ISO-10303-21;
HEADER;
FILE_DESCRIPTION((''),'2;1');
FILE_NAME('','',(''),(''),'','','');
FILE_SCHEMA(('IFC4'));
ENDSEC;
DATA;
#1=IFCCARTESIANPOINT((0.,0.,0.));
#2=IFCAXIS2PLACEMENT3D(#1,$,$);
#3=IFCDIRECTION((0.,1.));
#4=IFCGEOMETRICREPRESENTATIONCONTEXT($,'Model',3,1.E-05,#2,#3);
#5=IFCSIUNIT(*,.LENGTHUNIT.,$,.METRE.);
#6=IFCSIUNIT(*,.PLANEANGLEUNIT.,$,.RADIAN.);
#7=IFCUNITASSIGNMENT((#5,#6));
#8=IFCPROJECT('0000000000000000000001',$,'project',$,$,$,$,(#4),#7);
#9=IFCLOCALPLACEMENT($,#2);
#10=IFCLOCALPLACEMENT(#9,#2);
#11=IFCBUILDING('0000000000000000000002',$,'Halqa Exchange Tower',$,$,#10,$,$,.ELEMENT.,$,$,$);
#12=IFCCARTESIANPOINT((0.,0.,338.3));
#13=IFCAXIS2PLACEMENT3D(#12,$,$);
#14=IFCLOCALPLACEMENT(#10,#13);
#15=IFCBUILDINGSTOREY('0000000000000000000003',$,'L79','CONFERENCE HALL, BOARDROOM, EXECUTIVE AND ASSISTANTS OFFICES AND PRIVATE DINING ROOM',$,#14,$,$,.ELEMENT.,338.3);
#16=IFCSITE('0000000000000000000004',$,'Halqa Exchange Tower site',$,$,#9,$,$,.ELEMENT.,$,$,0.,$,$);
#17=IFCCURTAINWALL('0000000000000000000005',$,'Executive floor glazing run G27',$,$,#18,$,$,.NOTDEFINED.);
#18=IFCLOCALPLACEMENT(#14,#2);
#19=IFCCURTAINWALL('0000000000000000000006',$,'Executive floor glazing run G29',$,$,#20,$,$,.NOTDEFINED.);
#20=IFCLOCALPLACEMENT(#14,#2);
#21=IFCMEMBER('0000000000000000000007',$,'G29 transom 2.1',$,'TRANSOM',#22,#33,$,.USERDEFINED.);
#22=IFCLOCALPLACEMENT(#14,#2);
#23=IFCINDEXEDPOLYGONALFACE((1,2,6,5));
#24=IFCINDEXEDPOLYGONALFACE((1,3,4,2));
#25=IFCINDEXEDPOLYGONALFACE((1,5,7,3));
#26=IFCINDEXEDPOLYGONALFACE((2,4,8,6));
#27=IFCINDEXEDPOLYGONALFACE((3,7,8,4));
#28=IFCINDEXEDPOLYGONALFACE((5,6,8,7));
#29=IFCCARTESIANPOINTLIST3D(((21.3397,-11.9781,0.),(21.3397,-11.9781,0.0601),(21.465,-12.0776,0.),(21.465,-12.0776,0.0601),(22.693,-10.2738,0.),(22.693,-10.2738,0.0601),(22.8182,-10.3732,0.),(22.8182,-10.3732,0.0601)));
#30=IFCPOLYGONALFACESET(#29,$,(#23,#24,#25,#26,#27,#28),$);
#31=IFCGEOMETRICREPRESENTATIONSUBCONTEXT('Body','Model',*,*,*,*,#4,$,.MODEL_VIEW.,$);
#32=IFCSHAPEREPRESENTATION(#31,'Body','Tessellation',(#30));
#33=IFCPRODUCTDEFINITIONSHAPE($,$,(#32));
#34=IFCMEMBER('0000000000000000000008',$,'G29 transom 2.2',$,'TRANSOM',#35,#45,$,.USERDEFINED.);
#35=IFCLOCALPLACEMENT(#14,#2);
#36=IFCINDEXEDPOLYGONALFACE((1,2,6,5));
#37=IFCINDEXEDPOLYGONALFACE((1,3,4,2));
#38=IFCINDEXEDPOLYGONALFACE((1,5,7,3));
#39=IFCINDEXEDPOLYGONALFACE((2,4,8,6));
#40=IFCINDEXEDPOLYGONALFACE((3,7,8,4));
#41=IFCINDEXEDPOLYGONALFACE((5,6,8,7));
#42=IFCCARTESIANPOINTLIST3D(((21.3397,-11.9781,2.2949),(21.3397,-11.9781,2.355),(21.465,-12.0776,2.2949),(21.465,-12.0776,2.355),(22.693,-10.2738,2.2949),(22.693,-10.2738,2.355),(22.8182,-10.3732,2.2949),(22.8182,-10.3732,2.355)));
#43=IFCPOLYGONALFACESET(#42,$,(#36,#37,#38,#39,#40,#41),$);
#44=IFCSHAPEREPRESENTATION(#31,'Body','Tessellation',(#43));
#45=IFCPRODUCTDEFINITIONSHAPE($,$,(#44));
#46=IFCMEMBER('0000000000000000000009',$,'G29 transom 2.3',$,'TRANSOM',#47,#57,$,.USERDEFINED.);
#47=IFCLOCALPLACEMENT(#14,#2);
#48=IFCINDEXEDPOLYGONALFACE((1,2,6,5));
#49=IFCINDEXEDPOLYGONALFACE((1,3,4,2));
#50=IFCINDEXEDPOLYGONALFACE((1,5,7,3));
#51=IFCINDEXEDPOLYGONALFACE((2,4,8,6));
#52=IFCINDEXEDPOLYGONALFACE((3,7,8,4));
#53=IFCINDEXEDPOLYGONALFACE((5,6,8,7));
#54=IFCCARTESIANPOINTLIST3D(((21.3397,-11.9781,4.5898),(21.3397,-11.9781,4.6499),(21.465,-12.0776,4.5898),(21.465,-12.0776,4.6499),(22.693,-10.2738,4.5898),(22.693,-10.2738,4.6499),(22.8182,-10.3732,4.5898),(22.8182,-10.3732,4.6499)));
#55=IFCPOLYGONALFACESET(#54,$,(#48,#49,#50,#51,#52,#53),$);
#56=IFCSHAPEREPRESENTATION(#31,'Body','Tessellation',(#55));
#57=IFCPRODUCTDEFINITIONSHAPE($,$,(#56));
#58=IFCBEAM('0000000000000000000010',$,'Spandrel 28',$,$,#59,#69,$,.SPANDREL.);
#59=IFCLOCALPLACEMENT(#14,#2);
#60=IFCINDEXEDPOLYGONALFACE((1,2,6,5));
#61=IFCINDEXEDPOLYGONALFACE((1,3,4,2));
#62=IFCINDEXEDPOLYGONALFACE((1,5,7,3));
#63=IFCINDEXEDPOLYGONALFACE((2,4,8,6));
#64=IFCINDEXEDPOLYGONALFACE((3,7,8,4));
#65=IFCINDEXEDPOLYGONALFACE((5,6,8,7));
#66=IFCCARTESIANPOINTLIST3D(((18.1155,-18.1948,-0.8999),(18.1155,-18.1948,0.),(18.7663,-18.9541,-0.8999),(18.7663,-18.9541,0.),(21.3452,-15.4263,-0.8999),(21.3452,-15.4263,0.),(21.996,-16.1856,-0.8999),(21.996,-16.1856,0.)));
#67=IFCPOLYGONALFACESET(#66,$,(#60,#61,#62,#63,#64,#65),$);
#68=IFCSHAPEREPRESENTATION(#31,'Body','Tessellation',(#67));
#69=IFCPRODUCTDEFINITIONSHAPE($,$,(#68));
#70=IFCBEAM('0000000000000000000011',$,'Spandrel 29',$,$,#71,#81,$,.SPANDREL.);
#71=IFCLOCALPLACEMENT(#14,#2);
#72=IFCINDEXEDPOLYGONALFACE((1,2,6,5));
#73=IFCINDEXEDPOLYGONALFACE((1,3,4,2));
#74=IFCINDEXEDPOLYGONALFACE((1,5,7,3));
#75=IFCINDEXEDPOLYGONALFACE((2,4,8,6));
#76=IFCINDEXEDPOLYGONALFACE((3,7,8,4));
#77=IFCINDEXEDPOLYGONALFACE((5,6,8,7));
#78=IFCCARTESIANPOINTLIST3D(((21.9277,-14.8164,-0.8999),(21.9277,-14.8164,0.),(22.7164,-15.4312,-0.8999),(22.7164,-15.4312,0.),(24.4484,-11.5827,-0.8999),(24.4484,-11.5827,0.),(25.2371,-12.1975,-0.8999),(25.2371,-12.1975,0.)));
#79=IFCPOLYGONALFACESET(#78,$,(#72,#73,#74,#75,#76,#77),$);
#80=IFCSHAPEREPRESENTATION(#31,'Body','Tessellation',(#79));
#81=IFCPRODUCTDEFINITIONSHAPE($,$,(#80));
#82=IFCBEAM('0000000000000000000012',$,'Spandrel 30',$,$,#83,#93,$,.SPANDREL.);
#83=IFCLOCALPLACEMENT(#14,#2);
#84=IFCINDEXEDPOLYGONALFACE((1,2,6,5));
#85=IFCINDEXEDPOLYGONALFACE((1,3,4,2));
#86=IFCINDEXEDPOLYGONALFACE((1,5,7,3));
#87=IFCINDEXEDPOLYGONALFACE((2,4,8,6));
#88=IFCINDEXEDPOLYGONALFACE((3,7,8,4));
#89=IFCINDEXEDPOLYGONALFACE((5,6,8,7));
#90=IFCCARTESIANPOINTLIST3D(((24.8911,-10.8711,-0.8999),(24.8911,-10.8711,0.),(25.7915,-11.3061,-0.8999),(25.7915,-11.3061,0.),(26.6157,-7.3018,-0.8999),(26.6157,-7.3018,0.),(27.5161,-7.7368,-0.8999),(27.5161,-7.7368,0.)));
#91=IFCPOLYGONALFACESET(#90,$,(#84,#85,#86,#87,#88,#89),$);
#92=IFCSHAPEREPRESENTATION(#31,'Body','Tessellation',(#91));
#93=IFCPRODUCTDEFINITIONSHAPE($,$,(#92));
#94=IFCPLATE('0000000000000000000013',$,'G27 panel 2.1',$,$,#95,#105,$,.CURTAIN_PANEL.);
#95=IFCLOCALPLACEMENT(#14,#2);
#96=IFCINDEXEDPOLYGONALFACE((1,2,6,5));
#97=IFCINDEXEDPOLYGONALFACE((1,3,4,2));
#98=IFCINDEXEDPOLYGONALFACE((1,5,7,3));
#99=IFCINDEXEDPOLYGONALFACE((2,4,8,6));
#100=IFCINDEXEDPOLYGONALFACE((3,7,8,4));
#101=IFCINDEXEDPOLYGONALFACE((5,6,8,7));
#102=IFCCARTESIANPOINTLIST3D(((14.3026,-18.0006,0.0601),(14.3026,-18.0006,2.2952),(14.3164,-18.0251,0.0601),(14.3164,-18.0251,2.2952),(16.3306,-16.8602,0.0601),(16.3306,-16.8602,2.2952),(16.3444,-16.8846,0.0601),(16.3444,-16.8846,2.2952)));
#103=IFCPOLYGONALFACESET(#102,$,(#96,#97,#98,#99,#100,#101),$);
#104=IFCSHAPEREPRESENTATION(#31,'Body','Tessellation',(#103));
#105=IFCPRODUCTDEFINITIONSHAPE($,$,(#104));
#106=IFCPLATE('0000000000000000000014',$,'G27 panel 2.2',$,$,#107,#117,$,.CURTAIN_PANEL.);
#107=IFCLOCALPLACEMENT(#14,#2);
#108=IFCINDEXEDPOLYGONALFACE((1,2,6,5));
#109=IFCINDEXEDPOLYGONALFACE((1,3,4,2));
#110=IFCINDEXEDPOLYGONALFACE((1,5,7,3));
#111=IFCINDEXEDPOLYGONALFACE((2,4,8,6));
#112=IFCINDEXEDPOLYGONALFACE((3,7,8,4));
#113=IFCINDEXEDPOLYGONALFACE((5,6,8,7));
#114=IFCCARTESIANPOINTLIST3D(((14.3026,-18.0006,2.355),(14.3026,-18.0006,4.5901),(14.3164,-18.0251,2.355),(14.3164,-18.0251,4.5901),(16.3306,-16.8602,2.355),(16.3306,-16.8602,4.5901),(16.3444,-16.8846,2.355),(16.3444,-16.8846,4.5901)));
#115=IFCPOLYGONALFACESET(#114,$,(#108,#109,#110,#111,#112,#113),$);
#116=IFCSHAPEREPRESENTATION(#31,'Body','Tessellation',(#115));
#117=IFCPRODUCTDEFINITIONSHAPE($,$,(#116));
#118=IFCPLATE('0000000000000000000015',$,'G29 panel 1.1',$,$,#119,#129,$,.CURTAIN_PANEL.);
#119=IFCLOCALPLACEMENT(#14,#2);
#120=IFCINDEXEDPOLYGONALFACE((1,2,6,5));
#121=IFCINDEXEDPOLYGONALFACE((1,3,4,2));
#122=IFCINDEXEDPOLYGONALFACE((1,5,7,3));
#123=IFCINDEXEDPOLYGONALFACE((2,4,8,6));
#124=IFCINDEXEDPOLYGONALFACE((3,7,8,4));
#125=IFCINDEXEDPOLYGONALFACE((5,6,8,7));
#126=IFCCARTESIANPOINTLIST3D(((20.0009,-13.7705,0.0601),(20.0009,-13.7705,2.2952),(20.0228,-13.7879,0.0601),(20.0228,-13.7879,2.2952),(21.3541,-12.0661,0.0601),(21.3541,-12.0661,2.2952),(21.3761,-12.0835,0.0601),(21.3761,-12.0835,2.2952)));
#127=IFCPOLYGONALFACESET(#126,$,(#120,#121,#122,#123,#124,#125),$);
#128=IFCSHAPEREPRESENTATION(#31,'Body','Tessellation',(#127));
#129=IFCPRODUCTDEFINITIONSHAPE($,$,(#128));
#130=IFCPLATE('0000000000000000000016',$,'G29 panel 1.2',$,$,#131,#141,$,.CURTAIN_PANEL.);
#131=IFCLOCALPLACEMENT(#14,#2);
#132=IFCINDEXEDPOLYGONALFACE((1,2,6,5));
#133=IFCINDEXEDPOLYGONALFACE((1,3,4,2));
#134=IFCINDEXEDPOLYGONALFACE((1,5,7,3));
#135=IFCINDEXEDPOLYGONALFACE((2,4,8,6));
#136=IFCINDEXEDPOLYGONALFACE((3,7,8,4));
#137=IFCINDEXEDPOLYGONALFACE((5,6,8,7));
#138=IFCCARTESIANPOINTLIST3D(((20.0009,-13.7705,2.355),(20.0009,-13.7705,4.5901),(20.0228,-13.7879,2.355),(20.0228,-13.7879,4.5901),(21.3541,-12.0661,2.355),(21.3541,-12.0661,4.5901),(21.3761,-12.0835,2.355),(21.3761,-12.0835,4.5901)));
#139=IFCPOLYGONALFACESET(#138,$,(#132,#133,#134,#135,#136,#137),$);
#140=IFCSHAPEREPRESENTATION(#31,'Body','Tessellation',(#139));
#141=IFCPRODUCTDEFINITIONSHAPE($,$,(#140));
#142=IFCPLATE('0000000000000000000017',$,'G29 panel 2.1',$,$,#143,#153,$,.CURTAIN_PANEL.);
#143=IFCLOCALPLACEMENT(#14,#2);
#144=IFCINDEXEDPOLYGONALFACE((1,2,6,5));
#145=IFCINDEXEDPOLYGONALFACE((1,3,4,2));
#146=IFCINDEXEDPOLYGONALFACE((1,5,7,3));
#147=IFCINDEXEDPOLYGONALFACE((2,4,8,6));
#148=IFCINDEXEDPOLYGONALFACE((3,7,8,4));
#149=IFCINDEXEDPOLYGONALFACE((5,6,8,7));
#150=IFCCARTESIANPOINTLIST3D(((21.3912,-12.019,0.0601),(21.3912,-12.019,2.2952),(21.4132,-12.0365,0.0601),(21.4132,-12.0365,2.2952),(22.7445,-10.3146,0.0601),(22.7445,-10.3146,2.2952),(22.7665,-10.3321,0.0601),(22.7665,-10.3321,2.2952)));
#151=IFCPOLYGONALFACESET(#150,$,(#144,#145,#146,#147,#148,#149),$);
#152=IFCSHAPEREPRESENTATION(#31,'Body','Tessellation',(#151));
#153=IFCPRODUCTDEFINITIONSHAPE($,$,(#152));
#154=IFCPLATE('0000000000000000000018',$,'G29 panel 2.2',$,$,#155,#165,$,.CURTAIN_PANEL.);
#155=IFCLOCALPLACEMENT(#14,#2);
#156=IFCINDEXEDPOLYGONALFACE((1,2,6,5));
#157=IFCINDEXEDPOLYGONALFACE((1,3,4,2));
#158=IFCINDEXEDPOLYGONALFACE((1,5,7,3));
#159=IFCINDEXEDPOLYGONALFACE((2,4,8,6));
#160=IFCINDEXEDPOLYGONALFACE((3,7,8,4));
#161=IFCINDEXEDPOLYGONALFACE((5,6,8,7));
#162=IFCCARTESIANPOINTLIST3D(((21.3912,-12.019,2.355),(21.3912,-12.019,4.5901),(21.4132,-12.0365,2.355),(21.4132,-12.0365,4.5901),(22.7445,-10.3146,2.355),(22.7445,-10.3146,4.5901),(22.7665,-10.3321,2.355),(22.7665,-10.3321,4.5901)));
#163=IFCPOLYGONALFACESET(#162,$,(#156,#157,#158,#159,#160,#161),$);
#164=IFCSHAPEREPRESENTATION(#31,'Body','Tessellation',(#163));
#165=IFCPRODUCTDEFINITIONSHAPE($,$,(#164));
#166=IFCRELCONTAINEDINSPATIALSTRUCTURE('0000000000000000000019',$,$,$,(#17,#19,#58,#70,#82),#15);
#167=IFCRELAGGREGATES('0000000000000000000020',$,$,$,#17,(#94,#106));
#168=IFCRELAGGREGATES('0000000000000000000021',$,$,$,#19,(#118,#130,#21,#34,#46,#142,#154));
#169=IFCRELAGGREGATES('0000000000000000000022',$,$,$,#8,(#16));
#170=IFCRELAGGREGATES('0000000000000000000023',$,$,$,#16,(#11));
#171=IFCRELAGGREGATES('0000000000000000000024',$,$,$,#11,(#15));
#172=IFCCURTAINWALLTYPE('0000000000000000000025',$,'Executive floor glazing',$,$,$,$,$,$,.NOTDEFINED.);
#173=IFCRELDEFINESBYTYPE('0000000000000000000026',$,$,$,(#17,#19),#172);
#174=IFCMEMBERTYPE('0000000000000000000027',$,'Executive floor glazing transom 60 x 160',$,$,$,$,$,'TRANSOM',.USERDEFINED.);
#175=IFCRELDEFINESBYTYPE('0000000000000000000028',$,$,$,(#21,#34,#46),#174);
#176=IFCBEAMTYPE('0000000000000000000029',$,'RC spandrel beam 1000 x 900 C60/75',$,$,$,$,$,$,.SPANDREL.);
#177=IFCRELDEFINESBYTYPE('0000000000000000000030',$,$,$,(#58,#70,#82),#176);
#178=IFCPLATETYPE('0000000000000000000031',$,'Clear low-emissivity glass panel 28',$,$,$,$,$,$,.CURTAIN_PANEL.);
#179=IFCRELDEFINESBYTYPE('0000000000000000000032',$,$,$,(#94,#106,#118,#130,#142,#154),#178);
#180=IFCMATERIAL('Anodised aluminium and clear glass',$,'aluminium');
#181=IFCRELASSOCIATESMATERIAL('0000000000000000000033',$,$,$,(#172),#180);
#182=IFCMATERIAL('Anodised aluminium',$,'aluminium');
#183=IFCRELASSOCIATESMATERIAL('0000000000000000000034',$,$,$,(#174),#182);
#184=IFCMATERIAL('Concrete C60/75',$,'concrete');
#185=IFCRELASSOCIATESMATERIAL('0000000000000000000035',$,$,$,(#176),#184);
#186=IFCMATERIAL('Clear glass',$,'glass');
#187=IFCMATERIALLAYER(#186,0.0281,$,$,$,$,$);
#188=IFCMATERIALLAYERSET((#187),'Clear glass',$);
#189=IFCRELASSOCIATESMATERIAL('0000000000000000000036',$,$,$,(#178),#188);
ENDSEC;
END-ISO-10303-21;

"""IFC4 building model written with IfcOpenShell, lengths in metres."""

from ifc_helpers import new_model, si_unit, direction, frame, origin, origin_2d, place, context, subcontext, project, spatial, rectangle, extrude, material, layer, layer_set, material_profile, profile_set, type_object, element, aggregate, save


model = new_model("IFC4")

# Units and contexts
model_context = context("Model", 3, precision=1e-05, world=origin(), true_north=direction((0.0, 1.0)))
body_context = subcontext(model_context, "Body", "Model", "MODEL_VIEW")
ifc_project = project(units=[si_unit("LENGTHUNIT", "METRE"), si_unit("PLANEANGLEUNIT", "RADIAN")], contexts=[model_context])

# Site, building, storey
site_placement = place(None, origin())
site = spatial("IfcSite", under=ifc_project, at=site_placement, Name="Halqa Exchange Tower site", CompositionType="ELEMENT", RefElevation=0.0)
building_placement = place(site_placement, origin())
building = spatial("IfcBuilding", under=site, at=building_placement, Name="Halqa Exchange Tower", CompositionType="ELEMENT")
storey_placement = place(building_placement, frame((0.0, 0.0, 338.3)))
storey = spatial("IfcBuildingStorey", under=building, at=storey_placement, Name="L79", Description="CONFERENCE HALL, BOARDROOM, EXECUTIVE AND ASSISTANTS OFFICES AND PRIVATE DINING ROOM", CompositionType="ELEMENT", Elevation=338.3)

# Curtain walls
ifc_material_1 = material(Name="Anodised aluminium and clear glass", Category="aluminium")
curtain_wall_type = type_object("IfcCurtainWallType", Name="Executive floor glazing", PredefinedType="NOTDEFINED", material=ifc_material_1)
curtain_wall_1_placement = place(storey_placement, origin())
curtain_wall_1 = element("IfcCurtainWall", 1, at=curtain_wall_1_placement, inside=storey, type_object=curtain_wall_type, Name="Executive floor glazing run G27", PredefinedType="NOTDEFINED")
ifc_material_2 = material(Name="Anodised aluminium", Category="aluminium")
curtain_wall_2_placement = place(storey_placement, origin())
curtain_wall_2 = element("IfcCurtainWall", 2, at=curtain_wall_2_placement, inside=storey, type_object=curtain_wall_type, Name="Executive floor glazing run G29", PredefinedType="NOTDEFINED")

# Members
ifc_material_profile_1 = material_profile(ifc_material_2, rectangle(XDim=0.1599, YDim=0.0601, at=origin_2d()), Name="AL 60x160")
ifc_profile_set_1 = profile_set([ifc_material_profile_1], Name="Anodised aluminium")
member_type_1 = type_object("IfcMemberType", Name="Executive floor glazing transom 60 x 160", ElementType="TRANSOM", PredefinedType="USERDEFINED", material=ifc_profile_set_1)
member_1_placement = place(storey_placement, frame((21.4023, -12.0278, 0.03), z_axis=(0.621832, 0.783151, 0.0), x_axis=(-0.783151, 0.621832, 0.0)))
member_1 = element("IfcMember", 3, at=member_1_placement, type_object=member_type_1, Name="G29 transom 2.1", ObjectType="TRANSOM", PredefinedType="USERDEFINED", context=body_context, shape_type="SweptSolid", body=[
    extrude(rectangle(XDim=0.1599, YDim=0.0601, at=origin_2d()), origin(), (0.0, 0.0, 1.0), 2.1763),
])
member_2_placement = place(storey_placement, frame((21.4023, -12.0278, 2.325), z_axis=(0.621832, 0.783151, 0.0), x_axis=(-0.783151, 0.621832, 0.0)))
member_2 = element("IfcMember", 4, at=member_2_placement, type_object=member_type_1, Name="G29 transom 2.2", ObjectType="TRANSOM", PredefinedType="USERDEFINED", context=body_context, shape_type="SweptSolid", body=[
    extrude(rectangle(XDim=0.1599, YDim=0.0601, at=origin_2d()), origin(), (0.0, 0.0, 1.0), 2.1763),
])
member_3_placement = place(storey_placement, frame((21.4023, -12.0278, 4.6199), z_axis=(0.621832, 0.783151, 0.0), x_axis=(-0.783151, 0.621832, 0.0)))
member_3 = element("IfcMember", 5, at=member_3_placement, type_object=member_type_1, Name="G29 transom 2.3", ObjectType="TRANSOM", PredefinedType="USERDEFINED", context=body_context, shape_type="SweptSolid", body=[
    extrude(rectangle(XDim=0.1599, YDim=0.0601, at=origin_2d()), origin(), (0.0, 0.0, 1.0), 2.1763),
])

# Beams
ifc_material_3 = material(Name="Concrete C60/75", Category="concrete")
ifc_material_profile_2 = material_profile(ifc_material_3, rectangle(XDim=1.0, YDim=0.8999, at=origin_2d()), Name="1000 x 900")
ifc_profile_set_2 = profile_set([ifc_material_profile_2], Name="Concrete C60/75")
beam_type = type_object("IfcBeamType", Name="RC spandrel beam 1000 x 900 C60/75", PredefinedType="SPANDREL", material=ifc_profile_set_2)
beam_1_placement = place(storey_placement, frame((18.4409, -18.5745, -0.45), z_axis=(0.759232, 0.65082, 0.0), x_axis=(-0.65082, 0.759232, 0.0)))
element("IfcBeam", 6, at=beam_1_placement, inside=storey, type_object=beam_type, Name="Spandrel 28", PredefinedType="SPANDREL", context=body_context, shape_type="SweptSolid", body=[
    extrude(rectangle(XDim=1.0, YDim=0.8999, at=origin_2d()), origin(), (0.0, 0.0, 1.0), 4.2539),
])
beam_2_placement = place(storey_placement, frame((22.322, -15.1238, -0.45), z_axis=(0.614806, 0.788678, 0.0), x_axis=(-0.788678, 0.614806, 0.0)))
element("IfcBeam", 7, at=beam_2_placement, inside=storey, type_object=beam_type, Name="Spandrel 29", PredefinedType="SPANDREL", context=body_context, shape_type="SweptSolid", body=[
    extrude(rectangle(XDim=1.0, YDim=0.8999, at=origin_2d()), origin(), (0.0, 0.0, 1.0), 4.1001),
])
beam_3_placement = place(storey_placement, frame((25.3413, -11.0886, -0.45), z_axis=(0.435052, 0.900405, 0.0), x_axis=(-0.900405, 0.435052, 0.0)))
element("IfcBeam", 8, at=beam_3_placement, inside=storey, type_object=beam_type, Name="Spandrel 30", PredefinedType="SPANDREL", context=body_context, shape_type="SweptSolid", body=[
    extrude(rectangle(XDim=1.0, YDim=0.8999, at=origin_2d()), origin(), (0.0, 0.0, 1.0), 3.9641),
])

# Plates
ifc_material_4 = material(Name="Clear glass", Category="glass")
ifc_layer_1 = layer(ifc_material_4, 0.0281)
ifc_layer_set_1 = layer_set([ifc_layer_1], Name="Clear glass")
plate_type = type_object("IfcPlateType", Name="Clear low-emissivity glass panel 28", PredefinedType="CURTAIN_PANEL", material=ifc_layer_set_1)
plate_1_placement = place(storey_placement, frame((15.3235, -17.4426, 0.0601), z_axis=(0.0, 0.0, 1.0), x_axis=(0.871634, 0.490158, 0.0)))
plate_1 = element("IfcPlate", 9, at=plate_1_placement, type_object=plate_type, Name="G27 panel 2.1", PredefinedType="CURTAIN_PANEL", context=body_context, shape_type="SweptSolid", body=[
    extrude(rectangle(XDim=2.3267, YDim=0.0281, at=origin_2d()), origin(), (0.0, 0.0, 1.0), 2.2351),
])
plate_2_placement = place(storey_placement, frame((15.3235, -17.4426, 2.355), z_axis=(0.0, 0.0, 1.0), x_axis=(0.871634, 0.490158, 0.0)))
plate_2 = element("IfcPlate", 10, at=plate_2_placement, type_object=plate_type, Name="G27 panel 2.2", PredefinedType="CURTAIN_PANEL", context=body_context, shape_type="SweptSolid", body=[
    extrude(rectangle(XDim=2.3267, YDim=0.0281, at=origin_2d()), origin(), (0.0, 0.0, 1.0), 2.2351),
])
aggregate(curtain_wall_1, [plate_1, plate_2])
plate_3_placement = place(storey_placement, frame((20.6885, -12.927, 0.0601), z_axis=(0.0, 0.0, 1.0), x_axis=(0.621817, 0.783162, 0.0)))
plate_3 = element("IfcPlate", 11, at=plate_3_placement, type_object=plate_type, Name="G29 panel 1.1", PredefinedType="CURTAIN_PANEL", context=body_context, shape_type="SweptSolid", body=[
    extrude(rectangle(XDim=2.1763, YDim=0.0281, at=origin_2d()), origin(), (0.0, 0.0, 1.0), 2.2351),
])
plate_4_placement = place(storey_placement, frame((20.6885, -12.927, 2.355), z_axis=(0.0, 0.0, 1.0), x_axis=(0.621817, 0.783162, 0.0)))
plate_4 = element("IfcPlate", 12, at=plate_4_placement, type_object=plate_type, Name="G29 panel 1.2", PredefinedType="CURTAIN_PANEL", context=body_context, shape_type="SweptSolid", body=[
    extrude(rectangle(XDim=2.1763, YDim=0.0281, at=origin_2d()), origin(), (0.0, 0.0, 1.0), 2.2351),
])
plate_5_placement = place(storey_placement, frame((22.0789, -11.1755, 0.0601), z_axis=(0.0, 0.0, 1.0), x_axis=(0.621817, 0.783162, 0.0)))
plate_5 = element("IfcPlate", 13, at=plate_5_placement, type_object=plate_type, Name="G29 panel 2.1", PredefinedType="CURTAIN_PANEL", context=body_context, shape_type="SweptSolid", body=[
    extrude(rectangle(XDim=2.1763, YDim=0.0281, at=origin_2d()), origin(), (0.0, 0.0, 1.0), 2.2351),
])
plate_6_placement = place(storey_placement, frame((22.0789, -11.1755, 2.355), z_axis=(0.0, 0.0, 1.0), x_axis=(0.621817, 0.783162, 0.0)))
plate_6 = element("IfcPlate", 14, at=plate_6_placement, type_object=plate_type, Name="G29 panel 2.2", PredefinedType="CURTAIN_PANEL", context=body_context, shape_type="SweptSolid", body=[
    extrude(rectangle(XDim=2.1763, YDim=0.0281, at=origin_2d()), origin(), (0.0, 0.0, 1.0), 2.2351),
])
aggregate(curtain_wall_2, [plate_3, plate_4, member_1, member_2, member_3, plate_5, plate_6])

save(model, "model.ifc")
